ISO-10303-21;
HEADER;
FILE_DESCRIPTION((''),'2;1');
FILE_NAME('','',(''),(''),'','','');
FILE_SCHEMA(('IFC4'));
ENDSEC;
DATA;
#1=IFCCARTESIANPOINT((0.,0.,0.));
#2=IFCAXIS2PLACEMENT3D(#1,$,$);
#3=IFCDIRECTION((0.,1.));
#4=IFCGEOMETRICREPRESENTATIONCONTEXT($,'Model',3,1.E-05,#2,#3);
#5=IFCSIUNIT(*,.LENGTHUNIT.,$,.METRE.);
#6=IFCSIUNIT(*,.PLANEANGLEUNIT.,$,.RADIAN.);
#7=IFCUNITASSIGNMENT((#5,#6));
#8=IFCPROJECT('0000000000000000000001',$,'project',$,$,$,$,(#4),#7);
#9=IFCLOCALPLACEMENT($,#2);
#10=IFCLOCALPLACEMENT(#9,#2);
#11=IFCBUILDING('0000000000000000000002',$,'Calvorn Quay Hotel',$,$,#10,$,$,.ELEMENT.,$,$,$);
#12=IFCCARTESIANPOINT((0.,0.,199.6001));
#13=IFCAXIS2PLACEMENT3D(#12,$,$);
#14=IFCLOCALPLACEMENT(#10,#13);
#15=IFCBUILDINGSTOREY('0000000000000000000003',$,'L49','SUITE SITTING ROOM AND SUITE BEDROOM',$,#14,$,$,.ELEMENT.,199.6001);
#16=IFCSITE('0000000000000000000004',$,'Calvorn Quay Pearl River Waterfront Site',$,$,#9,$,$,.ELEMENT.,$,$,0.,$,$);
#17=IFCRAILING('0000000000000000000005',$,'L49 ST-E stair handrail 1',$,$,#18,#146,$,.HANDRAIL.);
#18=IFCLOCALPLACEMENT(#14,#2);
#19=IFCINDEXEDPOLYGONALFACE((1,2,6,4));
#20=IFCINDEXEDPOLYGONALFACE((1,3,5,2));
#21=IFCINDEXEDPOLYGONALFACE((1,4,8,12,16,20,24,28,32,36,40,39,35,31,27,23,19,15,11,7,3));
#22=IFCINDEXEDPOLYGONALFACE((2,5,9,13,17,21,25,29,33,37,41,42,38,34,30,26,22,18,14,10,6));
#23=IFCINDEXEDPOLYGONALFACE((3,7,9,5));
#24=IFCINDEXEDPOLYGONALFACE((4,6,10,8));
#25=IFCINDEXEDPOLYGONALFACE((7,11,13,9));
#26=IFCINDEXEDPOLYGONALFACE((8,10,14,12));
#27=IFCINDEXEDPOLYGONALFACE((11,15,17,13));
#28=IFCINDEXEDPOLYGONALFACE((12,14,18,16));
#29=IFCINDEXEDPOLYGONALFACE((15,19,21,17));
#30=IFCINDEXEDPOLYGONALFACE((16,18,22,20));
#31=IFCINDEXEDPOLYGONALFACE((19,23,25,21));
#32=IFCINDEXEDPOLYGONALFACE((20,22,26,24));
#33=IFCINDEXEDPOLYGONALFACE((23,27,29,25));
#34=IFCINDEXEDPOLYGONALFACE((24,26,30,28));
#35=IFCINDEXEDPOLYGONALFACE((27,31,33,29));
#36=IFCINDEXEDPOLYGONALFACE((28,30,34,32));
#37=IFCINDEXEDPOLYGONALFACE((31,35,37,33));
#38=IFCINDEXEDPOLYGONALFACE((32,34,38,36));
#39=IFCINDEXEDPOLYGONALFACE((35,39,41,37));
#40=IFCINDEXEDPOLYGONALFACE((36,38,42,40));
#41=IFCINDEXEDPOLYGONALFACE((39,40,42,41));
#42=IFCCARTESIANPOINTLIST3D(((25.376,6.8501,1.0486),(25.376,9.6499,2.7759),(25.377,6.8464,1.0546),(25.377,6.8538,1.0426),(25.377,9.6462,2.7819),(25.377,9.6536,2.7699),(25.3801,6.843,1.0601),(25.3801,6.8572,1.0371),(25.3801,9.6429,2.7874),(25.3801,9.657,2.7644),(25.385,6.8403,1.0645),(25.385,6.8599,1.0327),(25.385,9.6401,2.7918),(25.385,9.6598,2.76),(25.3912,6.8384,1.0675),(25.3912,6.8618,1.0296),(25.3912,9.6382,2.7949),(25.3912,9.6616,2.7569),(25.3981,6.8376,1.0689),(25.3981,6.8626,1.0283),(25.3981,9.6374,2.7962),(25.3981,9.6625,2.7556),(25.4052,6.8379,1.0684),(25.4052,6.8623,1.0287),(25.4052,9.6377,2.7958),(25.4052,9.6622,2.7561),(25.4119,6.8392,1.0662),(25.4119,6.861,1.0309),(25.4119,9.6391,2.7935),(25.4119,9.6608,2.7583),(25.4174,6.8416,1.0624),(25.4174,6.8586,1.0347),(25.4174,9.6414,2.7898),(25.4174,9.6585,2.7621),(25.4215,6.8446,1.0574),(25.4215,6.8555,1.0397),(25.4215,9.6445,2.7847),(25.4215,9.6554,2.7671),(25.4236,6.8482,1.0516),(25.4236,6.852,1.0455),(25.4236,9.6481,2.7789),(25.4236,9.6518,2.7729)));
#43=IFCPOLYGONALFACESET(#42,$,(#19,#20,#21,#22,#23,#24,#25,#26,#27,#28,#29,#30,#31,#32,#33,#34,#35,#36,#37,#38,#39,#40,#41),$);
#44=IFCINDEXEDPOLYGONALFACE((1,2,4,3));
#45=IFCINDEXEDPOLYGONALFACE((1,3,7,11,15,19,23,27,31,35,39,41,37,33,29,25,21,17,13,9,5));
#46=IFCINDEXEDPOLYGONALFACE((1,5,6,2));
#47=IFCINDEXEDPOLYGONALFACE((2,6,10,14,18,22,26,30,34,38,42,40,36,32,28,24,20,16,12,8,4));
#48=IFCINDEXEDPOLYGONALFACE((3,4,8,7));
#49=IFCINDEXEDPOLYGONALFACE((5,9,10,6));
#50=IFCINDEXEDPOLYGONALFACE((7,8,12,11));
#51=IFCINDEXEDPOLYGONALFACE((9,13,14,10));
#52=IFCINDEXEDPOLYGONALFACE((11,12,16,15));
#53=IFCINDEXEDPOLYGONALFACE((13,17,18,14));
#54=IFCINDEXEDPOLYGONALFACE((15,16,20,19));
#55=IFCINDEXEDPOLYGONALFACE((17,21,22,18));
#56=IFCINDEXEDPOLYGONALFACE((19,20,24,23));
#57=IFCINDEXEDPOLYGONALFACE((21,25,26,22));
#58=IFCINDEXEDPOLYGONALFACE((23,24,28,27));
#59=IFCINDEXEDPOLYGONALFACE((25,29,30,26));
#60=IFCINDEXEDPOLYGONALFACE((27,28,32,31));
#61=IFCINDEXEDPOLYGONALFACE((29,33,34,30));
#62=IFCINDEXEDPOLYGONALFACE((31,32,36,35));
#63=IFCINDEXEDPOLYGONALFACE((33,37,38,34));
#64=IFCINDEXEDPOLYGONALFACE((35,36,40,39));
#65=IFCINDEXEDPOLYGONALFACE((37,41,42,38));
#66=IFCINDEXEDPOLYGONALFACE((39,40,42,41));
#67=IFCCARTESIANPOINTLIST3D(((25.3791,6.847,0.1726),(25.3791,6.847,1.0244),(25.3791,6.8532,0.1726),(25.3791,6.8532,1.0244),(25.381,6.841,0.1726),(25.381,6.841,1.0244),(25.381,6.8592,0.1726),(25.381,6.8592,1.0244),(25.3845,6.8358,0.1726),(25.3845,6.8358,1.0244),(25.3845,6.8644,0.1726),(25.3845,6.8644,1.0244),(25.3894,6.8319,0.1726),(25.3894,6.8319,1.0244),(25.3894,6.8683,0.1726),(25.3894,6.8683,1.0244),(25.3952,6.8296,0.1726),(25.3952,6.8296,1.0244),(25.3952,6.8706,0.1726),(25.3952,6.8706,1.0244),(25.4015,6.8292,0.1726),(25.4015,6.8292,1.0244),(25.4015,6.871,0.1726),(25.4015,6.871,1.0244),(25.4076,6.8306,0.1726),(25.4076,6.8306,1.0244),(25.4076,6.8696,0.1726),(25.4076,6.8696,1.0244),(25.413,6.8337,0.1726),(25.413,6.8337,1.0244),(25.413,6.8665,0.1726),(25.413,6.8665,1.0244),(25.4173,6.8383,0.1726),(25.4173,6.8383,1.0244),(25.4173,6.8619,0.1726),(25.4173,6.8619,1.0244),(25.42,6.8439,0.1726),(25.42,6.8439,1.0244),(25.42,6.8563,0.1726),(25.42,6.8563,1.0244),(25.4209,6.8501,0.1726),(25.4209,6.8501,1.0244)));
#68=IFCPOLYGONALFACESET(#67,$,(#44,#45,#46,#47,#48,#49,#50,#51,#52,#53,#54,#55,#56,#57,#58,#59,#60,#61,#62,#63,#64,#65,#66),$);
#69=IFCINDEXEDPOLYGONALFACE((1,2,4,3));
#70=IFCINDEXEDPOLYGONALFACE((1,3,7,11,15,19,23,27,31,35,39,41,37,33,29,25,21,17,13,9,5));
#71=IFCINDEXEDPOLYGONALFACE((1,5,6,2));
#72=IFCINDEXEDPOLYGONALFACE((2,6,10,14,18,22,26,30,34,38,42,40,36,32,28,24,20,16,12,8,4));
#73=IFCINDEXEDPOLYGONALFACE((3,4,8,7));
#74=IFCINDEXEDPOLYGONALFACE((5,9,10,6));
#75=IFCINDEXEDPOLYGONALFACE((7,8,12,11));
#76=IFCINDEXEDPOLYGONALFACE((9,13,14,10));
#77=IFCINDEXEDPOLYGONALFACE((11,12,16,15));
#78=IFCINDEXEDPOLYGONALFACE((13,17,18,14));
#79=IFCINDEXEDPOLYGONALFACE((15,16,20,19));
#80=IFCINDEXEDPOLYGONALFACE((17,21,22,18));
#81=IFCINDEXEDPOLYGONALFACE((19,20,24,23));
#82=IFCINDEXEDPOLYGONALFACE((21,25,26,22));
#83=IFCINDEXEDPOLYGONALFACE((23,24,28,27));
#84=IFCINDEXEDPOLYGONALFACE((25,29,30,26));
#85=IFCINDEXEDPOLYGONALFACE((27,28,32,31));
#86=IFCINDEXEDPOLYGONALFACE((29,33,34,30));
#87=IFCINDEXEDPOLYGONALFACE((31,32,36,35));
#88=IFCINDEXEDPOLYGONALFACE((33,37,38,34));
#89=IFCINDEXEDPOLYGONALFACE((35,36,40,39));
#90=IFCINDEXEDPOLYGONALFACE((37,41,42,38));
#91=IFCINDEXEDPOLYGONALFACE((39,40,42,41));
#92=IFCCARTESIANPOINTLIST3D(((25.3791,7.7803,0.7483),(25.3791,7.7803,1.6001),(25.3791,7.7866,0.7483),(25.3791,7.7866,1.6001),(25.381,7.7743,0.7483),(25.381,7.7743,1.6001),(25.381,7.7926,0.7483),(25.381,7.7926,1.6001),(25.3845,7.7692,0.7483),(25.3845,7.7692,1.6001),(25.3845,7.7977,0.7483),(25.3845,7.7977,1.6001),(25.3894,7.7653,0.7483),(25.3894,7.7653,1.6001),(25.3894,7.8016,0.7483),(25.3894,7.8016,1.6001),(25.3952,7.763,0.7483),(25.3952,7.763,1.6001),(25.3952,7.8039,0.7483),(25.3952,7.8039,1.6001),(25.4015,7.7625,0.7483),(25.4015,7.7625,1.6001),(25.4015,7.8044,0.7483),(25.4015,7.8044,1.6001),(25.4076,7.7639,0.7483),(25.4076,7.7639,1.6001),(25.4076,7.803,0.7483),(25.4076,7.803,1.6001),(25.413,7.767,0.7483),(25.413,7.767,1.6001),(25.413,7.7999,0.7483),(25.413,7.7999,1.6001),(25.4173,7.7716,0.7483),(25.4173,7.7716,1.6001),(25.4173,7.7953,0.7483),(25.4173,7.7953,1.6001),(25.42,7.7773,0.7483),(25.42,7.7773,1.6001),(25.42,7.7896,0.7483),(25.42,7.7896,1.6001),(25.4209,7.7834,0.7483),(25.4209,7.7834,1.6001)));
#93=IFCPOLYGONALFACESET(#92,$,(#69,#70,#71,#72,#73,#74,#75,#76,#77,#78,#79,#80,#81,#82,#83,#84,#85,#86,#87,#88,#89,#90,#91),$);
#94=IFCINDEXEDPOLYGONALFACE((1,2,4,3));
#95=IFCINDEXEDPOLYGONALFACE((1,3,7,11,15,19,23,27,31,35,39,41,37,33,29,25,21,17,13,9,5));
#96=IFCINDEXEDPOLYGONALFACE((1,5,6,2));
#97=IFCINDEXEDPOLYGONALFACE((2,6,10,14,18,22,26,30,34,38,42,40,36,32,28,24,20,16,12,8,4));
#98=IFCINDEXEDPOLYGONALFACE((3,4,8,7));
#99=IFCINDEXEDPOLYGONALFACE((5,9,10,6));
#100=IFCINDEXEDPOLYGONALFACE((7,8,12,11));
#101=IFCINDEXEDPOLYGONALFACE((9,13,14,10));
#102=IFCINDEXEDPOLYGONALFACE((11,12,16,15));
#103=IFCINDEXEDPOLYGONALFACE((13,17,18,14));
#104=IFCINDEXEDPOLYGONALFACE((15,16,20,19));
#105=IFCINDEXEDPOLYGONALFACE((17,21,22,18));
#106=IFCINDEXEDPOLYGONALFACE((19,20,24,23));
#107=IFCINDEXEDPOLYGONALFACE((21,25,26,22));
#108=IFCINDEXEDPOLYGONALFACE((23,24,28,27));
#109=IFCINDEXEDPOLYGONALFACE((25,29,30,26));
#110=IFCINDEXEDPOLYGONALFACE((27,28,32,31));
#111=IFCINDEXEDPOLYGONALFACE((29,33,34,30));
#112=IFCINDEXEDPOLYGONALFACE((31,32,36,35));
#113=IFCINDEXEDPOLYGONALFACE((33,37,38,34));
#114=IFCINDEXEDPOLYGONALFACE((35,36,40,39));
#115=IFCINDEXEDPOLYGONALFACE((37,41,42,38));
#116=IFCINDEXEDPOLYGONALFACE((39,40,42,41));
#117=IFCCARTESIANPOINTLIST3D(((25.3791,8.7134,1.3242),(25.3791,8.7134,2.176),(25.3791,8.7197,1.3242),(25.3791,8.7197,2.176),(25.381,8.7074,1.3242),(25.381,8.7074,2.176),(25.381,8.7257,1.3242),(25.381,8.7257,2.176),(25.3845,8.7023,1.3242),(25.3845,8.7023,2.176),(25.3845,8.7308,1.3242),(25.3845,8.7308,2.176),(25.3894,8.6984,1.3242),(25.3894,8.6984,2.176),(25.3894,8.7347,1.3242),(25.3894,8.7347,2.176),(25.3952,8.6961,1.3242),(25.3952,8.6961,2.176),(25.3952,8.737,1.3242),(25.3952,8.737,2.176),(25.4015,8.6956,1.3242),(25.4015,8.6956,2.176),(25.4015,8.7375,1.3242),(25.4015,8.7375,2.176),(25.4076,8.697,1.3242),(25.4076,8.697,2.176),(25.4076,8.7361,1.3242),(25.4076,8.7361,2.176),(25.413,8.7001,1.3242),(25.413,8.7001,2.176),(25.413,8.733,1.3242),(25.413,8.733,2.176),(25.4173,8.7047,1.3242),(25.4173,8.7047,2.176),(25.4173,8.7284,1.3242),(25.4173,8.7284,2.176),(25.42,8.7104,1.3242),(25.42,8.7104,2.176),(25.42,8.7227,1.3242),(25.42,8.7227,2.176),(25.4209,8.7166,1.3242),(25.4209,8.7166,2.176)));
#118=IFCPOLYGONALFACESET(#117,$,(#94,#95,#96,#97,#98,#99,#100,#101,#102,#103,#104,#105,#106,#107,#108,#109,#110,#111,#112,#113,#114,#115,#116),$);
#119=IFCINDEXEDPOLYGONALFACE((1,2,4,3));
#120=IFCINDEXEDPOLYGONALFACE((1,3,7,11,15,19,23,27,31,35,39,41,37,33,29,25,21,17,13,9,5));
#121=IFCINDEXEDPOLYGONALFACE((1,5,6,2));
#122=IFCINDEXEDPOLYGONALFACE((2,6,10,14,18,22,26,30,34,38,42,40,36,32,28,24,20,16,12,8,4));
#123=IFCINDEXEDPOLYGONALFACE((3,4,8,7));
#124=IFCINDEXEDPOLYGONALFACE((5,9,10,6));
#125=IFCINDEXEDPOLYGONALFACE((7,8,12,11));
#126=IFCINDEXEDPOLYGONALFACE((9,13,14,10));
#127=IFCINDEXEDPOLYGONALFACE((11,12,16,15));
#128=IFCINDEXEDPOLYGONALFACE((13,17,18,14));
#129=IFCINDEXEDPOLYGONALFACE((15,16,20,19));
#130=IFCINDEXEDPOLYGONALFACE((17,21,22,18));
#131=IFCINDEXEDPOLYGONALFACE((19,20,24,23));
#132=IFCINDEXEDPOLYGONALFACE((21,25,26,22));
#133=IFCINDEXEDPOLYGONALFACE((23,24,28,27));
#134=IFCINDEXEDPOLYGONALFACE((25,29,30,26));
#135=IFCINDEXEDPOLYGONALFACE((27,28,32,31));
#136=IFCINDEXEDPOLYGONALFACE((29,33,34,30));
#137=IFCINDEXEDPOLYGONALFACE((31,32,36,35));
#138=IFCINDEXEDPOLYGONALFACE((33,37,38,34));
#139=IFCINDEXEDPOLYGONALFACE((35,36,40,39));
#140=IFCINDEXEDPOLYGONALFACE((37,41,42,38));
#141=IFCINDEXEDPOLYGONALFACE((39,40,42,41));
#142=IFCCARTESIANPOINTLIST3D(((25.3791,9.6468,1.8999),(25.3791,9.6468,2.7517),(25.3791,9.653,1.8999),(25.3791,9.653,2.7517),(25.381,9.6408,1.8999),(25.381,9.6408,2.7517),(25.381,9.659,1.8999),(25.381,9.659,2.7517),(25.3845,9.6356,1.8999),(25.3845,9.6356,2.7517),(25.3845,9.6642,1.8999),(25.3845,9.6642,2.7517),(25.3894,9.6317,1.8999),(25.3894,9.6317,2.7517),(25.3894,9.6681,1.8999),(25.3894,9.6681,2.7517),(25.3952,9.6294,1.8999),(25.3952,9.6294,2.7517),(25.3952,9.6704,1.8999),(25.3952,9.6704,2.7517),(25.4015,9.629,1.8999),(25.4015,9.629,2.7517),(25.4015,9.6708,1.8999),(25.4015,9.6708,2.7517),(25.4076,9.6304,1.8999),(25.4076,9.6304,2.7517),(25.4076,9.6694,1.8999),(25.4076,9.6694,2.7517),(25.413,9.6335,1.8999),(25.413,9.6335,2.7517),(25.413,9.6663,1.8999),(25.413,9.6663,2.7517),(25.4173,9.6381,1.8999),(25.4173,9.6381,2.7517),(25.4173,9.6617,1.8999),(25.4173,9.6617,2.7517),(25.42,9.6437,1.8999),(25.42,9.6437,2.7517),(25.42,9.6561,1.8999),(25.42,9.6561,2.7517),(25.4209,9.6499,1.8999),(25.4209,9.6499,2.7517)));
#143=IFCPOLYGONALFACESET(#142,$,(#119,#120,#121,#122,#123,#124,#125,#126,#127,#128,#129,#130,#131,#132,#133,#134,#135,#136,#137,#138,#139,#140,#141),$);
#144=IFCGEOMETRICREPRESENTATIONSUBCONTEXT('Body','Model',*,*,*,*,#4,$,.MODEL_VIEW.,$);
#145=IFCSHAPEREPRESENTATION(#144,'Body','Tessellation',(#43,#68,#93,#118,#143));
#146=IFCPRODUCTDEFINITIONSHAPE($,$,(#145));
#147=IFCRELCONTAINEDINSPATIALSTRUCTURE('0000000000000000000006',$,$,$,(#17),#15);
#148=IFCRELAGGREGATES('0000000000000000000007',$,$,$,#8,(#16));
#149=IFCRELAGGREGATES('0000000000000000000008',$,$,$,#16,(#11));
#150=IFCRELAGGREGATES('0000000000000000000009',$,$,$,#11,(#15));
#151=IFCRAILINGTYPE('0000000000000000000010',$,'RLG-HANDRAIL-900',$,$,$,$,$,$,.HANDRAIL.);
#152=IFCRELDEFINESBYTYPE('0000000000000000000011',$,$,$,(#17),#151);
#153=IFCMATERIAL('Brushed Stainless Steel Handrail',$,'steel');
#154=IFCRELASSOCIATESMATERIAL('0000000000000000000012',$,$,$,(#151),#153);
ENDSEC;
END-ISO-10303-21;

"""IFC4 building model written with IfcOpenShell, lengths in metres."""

from ifc_helpers import new_model, si_unit, direction, frame, origin, origin_2d, place, context, subcontext, project, spatial, circle, extrude, material, type_object, element, save


model = new_model("IFC4")

# Units and contexts
model_context = context("Model", 3, precision=1e-05, world=origin(), true_north=direction((0.0, 1.0)))
body_context = subcontext(model_context, "Body", "Model", "MODEL_VIEW")
ifc_project = project(units=[si_unit("LENGTHUNIT", "METRE"), si_unit("PLANEANGLEUNIT", "RADIAN")], contexts=[model_context])

# Site, building, storey
site_placement = place(None, origin())
site = spatial("IfcSite", under=ifc_project, at=site_placement, Name="Calvorn Quay Pearl River Waterfront Site", CompositionType="ELEMENT", RefElevation=0.0)
building_placement = place(site_placement, origin())
building = spatial("IfcBuilding", under=site, at=building_placement, Name="Calvorn Quay Hotel", CompositionType="ELEMENT")
storey_placement = place(building_placement, frame((0.0, 0.0, 199.6001)))
storey = spatial("IfcBuildingStorey", under=building, at=storey_placement, Name="L49", Description="SUITE SITTING ROOM AND SUITE BEDROOM", CompositionType="ELEMENT", Elevation=199.6001)

# Railing
ifc_material_1 = material(Name="Brushed Stainless Steel Handrail", Category="steel")
railing_type_1 = type_object("IfcRailingType", Name="RLG-HANDRAIL-900", PredefinedType="HANDRAIL", material=ifc_material_1)
railing_1_placement = place(storey_placement, frame((25.3999, 6.8501, 0.1726)))
element("IfcRailing", 1, at=railing_1_placement, inside=storey, type_object=railing_type_1, Name="L49 ST-E stair handrail 1", PredefinedType="HANDRAIL", context=body_context, shape_type="SweptSolid", body=[
    extrude(circle(Radius=0.0239, at=origin_2d()), frame((0.0, 0.0, 0.876), z_axis=(0.0, 0.851069, 0.525054), x_axis=(-1.0, 0.0, 0.0)), (0.0, 0.0, 1.0), 3.2898),
    extrude(circle(Radius=0.021, at=origin_2d()), origin(), (0.0, 0.0, 1.0), 0.8518),
    extrude(circle(Radius=0.021, at=origin_2d()), frame((0.0, 0.9333, 0.5757)), (0.0, 0.0, 1.0), 0.8518),
    extrude(circle(Radius=0.021, at=origin_2d()), frame((0.0, 1.8665, 1.1516)), (0.0, 0.0, 1.0), 0.8518),
    extrude(circle(Radius=0.021, at=origin_2d()), frame((0.0, 2.7998, 1.7273)), (0.0, 0.0, 1.0), 0.8518),
])

save(model, "model.ifc")
